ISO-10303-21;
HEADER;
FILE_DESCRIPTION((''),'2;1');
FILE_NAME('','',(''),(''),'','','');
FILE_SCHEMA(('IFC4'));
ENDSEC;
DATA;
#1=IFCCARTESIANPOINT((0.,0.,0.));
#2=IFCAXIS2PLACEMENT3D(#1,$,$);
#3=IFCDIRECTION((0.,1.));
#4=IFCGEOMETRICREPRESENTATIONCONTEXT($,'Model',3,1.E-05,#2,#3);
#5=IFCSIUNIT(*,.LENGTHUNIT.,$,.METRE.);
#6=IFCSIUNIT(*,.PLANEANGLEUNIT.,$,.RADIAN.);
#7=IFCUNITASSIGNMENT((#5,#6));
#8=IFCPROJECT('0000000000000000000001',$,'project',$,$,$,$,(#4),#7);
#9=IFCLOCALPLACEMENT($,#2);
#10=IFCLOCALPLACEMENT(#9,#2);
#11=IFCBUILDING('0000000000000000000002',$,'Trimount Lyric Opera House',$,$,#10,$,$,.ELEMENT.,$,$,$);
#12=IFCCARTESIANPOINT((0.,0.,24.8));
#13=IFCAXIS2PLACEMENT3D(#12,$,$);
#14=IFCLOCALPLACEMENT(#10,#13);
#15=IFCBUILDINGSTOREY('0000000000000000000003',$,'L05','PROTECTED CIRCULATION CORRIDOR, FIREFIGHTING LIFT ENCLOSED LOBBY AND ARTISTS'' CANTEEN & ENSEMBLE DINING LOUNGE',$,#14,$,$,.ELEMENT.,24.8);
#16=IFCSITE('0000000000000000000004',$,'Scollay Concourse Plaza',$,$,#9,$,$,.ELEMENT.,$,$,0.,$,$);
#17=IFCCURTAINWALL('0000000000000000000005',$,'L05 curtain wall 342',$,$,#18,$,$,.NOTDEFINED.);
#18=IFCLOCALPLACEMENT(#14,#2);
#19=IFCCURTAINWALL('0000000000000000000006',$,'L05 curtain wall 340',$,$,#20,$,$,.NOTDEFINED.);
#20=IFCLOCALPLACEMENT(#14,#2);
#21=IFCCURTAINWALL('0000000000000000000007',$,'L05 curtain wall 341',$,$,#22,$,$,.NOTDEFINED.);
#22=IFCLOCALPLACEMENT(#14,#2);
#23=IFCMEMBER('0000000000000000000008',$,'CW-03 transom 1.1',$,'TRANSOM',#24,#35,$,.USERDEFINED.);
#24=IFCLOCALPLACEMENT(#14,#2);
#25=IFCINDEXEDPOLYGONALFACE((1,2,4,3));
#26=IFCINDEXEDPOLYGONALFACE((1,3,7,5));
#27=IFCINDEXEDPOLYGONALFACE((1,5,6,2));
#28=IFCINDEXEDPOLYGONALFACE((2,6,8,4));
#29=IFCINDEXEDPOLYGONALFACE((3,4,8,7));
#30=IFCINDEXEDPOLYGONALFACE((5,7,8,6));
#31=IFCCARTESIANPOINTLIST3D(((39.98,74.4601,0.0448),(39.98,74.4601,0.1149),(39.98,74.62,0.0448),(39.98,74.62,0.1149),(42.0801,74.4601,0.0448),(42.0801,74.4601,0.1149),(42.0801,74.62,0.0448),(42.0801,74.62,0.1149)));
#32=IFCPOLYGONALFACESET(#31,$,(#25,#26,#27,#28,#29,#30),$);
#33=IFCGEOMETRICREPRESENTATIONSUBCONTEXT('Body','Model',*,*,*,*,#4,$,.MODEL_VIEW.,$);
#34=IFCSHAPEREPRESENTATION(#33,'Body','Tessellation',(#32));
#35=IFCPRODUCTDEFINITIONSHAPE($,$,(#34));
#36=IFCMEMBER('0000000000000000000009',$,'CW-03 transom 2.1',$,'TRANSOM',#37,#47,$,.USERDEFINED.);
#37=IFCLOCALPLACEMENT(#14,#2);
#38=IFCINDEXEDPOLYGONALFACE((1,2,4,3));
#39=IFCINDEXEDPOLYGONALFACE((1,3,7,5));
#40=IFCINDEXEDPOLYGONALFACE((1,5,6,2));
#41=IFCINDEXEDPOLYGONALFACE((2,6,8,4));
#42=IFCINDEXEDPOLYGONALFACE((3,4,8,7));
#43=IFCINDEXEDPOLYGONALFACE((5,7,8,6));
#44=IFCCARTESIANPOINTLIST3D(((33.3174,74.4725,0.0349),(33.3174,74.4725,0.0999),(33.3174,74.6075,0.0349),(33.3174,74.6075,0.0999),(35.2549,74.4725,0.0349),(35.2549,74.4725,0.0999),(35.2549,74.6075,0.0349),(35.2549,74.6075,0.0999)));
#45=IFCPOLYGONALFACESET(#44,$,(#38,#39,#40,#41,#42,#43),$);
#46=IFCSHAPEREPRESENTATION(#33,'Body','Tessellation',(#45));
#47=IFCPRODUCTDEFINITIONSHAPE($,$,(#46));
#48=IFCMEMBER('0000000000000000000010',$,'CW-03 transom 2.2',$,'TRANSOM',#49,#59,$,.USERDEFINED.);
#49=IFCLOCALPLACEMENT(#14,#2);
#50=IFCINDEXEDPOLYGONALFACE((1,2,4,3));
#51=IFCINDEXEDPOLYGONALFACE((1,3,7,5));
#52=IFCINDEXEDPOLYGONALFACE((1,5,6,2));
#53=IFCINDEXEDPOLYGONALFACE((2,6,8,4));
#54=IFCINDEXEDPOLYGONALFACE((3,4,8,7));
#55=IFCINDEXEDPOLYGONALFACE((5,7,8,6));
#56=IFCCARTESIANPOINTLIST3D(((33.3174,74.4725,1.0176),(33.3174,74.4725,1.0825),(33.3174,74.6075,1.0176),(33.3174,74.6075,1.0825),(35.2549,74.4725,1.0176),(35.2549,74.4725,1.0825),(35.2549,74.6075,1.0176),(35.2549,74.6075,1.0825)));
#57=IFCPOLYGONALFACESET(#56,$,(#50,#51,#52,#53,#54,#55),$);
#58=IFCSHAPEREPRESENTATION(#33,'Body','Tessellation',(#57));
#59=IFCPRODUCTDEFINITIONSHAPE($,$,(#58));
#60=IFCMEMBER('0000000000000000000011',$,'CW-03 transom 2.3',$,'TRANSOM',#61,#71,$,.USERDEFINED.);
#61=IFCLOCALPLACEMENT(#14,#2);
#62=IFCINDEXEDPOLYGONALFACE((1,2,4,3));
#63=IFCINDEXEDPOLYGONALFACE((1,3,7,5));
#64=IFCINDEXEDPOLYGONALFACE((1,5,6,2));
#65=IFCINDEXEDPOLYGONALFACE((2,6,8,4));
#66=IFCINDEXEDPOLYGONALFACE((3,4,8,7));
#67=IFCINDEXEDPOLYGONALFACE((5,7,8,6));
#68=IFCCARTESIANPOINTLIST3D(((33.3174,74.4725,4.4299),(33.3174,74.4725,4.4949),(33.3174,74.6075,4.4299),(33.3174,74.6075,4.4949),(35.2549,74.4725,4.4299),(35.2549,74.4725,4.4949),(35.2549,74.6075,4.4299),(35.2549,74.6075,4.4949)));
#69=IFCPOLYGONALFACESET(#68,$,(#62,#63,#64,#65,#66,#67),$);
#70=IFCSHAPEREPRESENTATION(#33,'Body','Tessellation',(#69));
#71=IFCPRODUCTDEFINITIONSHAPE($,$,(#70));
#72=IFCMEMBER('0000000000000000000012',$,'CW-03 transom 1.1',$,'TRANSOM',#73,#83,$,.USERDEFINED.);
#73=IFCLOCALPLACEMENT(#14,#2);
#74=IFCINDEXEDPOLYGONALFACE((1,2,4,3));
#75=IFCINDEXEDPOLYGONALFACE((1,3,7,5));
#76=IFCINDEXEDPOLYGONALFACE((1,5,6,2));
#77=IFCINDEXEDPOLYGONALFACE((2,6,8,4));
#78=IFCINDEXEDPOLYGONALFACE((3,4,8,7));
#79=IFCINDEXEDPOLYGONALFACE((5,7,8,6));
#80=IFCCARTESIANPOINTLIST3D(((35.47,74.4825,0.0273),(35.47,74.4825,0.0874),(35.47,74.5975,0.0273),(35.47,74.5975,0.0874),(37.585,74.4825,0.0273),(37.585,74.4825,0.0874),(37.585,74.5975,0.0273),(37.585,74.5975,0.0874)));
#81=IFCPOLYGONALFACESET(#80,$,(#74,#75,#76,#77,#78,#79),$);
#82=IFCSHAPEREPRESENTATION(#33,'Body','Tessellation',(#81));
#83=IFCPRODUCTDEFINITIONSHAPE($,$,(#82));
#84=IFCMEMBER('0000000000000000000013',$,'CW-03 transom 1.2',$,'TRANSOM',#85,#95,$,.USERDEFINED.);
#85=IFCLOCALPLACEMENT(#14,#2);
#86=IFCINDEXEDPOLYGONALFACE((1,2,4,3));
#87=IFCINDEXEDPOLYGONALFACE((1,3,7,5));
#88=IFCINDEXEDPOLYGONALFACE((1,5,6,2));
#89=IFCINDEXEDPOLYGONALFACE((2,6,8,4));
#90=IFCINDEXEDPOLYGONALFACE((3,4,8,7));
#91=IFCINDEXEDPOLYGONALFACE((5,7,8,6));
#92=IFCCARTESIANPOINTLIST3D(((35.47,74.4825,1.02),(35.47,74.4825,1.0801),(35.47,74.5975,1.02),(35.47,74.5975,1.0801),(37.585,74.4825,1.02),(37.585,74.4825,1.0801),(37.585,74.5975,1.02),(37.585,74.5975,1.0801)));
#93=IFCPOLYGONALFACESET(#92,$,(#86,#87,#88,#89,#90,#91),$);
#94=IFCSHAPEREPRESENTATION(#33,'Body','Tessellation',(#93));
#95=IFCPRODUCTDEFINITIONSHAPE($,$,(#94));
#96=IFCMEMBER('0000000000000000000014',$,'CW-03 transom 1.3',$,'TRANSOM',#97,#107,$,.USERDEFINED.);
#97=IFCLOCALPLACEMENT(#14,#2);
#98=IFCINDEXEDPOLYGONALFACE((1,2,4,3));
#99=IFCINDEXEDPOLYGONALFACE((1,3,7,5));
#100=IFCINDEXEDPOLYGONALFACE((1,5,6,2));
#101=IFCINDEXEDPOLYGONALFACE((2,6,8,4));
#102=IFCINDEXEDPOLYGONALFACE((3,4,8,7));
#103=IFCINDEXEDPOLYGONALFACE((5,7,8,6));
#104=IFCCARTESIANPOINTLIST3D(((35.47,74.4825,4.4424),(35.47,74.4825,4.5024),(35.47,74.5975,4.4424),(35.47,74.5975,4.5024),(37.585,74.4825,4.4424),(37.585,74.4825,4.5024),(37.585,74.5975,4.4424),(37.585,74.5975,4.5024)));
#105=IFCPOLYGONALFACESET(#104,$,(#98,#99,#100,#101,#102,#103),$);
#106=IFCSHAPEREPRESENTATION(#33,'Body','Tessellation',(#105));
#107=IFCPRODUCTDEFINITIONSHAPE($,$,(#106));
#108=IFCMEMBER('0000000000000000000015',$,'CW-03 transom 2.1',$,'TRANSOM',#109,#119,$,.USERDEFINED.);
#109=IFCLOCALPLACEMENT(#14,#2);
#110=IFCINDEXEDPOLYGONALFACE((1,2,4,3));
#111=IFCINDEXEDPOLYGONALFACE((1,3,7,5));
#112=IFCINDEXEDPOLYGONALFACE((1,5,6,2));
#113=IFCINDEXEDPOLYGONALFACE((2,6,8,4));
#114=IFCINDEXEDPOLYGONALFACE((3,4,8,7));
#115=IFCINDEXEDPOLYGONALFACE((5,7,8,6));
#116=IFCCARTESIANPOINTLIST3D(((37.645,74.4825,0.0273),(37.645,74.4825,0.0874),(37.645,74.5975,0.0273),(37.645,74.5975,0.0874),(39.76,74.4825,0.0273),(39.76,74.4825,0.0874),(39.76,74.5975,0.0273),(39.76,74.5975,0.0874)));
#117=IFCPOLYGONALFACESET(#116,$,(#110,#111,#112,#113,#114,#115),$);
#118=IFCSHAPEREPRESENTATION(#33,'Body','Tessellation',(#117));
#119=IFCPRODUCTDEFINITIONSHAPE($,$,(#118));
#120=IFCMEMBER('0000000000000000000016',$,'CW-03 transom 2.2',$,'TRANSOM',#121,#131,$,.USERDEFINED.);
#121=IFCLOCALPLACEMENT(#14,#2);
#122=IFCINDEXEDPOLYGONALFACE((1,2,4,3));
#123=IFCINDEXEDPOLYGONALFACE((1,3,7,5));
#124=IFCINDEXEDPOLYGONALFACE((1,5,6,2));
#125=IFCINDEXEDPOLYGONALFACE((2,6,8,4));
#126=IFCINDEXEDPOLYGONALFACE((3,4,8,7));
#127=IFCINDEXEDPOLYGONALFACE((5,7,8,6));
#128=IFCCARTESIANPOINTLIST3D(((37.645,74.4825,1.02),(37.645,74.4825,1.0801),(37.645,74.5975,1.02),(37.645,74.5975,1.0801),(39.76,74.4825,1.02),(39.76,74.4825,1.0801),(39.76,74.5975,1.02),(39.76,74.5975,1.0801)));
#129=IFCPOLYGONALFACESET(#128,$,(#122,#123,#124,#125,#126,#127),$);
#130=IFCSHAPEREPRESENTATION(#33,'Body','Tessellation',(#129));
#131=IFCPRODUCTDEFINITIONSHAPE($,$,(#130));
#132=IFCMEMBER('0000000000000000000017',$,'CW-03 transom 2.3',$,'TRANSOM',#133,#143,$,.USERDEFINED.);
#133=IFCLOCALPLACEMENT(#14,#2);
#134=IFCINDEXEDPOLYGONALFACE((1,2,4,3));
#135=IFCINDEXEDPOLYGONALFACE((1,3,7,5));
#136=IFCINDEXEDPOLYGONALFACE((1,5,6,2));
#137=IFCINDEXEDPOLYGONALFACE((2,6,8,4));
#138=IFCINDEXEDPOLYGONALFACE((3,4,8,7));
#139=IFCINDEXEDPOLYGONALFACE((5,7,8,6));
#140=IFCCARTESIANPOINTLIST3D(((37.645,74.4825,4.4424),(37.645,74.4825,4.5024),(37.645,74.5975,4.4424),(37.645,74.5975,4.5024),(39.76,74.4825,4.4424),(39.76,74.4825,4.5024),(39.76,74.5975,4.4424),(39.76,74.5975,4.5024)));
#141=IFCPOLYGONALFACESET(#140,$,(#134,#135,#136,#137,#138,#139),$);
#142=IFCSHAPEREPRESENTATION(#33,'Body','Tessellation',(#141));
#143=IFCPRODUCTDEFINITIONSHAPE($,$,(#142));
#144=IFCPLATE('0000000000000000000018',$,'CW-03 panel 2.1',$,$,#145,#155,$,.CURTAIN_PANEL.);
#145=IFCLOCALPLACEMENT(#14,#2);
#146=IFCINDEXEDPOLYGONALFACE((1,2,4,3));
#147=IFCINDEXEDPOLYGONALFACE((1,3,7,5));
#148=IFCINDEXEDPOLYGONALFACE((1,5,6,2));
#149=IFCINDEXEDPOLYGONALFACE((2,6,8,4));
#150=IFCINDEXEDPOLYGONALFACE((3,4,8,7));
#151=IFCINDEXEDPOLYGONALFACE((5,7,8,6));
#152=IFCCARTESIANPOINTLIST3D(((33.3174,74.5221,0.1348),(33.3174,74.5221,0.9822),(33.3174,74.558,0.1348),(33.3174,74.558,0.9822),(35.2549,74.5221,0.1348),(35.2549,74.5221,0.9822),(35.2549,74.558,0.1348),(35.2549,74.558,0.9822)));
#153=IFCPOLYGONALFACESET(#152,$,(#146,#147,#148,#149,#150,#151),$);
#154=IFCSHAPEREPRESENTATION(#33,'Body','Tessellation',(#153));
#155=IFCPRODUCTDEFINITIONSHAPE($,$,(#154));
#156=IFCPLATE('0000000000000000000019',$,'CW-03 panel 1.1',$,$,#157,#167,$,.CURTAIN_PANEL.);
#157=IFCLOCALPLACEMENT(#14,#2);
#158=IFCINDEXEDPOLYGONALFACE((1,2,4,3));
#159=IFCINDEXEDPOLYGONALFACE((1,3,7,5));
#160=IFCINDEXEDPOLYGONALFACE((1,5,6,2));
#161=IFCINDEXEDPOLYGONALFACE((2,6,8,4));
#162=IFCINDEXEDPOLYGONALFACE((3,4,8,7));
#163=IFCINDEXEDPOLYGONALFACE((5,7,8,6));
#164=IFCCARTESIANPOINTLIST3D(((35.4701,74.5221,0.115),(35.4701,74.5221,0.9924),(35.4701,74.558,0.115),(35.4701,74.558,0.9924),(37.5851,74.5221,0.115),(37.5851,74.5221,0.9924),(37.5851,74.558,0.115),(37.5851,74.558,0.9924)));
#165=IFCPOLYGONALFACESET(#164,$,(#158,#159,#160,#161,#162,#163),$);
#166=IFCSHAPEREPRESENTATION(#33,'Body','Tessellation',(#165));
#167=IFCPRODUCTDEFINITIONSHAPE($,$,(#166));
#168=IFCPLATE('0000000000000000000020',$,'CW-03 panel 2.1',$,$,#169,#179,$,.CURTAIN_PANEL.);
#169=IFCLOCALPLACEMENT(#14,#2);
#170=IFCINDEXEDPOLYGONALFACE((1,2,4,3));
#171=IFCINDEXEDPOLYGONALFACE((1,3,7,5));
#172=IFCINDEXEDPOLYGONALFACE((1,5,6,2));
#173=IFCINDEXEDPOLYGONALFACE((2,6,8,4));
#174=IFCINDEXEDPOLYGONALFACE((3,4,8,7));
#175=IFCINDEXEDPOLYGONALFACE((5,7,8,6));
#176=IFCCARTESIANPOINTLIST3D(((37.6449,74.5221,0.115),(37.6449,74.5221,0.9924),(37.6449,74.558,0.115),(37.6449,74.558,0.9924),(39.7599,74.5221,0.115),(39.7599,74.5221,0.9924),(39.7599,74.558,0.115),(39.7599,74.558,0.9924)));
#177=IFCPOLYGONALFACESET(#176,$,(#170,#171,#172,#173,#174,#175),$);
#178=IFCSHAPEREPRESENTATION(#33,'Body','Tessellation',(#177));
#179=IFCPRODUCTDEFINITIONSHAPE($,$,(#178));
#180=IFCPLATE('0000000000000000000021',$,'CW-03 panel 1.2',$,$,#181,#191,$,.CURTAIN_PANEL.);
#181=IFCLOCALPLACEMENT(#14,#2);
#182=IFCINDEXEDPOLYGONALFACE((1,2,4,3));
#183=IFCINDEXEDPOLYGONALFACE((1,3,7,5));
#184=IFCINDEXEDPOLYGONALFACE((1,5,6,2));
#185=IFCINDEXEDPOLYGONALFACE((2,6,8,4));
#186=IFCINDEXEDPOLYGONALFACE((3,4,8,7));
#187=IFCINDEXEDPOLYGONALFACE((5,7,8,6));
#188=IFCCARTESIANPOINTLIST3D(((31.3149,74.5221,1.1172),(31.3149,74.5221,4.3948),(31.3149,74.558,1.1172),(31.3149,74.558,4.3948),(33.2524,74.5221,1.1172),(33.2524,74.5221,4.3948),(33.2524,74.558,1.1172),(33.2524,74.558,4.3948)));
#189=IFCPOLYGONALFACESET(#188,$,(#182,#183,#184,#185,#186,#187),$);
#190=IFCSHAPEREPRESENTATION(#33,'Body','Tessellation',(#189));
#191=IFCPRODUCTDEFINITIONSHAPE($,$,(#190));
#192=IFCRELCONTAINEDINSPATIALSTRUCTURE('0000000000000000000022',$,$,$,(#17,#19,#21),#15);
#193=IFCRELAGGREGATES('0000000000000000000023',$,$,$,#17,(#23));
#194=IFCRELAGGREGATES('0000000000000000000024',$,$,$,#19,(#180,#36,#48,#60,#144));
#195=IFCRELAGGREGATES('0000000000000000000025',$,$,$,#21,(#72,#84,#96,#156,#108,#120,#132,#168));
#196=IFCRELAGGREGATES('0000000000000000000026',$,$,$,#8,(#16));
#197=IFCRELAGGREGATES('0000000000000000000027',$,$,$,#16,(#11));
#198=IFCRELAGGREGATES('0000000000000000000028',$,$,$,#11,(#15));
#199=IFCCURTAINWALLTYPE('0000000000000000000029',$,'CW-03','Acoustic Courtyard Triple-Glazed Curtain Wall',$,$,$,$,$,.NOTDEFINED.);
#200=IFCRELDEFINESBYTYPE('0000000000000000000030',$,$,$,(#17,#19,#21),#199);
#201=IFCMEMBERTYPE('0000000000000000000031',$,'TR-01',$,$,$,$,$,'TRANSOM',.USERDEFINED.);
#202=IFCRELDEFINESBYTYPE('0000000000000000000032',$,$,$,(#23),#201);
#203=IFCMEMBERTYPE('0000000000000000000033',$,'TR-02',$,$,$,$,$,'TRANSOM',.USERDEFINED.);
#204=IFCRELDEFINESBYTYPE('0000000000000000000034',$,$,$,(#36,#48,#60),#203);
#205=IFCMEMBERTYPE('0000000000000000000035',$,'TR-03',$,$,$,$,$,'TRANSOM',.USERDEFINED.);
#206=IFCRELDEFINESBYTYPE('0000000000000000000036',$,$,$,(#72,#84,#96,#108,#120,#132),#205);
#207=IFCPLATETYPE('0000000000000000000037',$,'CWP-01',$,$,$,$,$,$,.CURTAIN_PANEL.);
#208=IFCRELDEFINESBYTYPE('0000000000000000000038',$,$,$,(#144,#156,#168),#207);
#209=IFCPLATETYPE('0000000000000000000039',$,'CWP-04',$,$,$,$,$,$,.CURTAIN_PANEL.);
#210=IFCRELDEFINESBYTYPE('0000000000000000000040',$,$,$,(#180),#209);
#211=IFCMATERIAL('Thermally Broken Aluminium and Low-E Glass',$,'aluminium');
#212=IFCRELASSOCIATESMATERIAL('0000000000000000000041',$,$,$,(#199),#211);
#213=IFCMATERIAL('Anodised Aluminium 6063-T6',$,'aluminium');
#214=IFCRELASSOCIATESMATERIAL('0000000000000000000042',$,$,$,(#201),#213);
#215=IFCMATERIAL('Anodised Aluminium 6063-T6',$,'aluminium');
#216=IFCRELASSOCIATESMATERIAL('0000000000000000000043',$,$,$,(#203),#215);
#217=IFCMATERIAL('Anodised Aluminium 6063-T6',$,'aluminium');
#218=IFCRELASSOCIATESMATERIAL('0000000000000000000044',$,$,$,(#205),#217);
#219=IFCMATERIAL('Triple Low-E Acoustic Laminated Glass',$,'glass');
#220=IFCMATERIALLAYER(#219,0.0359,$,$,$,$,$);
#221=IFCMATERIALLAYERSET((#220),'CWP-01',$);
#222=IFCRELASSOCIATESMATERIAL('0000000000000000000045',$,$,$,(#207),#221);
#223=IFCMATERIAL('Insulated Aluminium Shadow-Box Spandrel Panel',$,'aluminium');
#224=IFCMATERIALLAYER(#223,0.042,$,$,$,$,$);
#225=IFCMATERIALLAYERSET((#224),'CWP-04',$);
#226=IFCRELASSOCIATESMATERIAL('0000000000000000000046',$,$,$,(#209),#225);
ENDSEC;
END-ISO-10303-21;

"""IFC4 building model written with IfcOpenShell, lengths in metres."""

from ifc_helpers import new_model, si_unit, direction, frame, origin, origin_2d, place, context, subcontext, project, spatial, rectangle, extrude, material, layer, layer_set, material_profile, profile_set, type_object, element, aggregate, save


model = new_model("IFC4")

# Units and contexts
model_context = context("Model", 3, precision=1e-05, world=origin(), true_north=direction((0.0, 1.0)))
body_context = subcontext(model_context, "Body", "Model", "MODEL_VIEW")
ifc_project = project(units=[si_unit("LENGTHUNIT", "METRE"), si_unit("PLANEANGLEUNIT", "RADIAN")], contexts=[model_context])

# Site, building, storey
site_placement = place(None, origin())
site = spatial("IfcSite", under=ifc_project, at=site_placement, Name="Scollay Concourse Plaza", CompositionType="ELEMENT", RefElevation=0.0)
building_placement = place(site_placement, origin())
building = spatial("IfcBuilding", under=site, at=building_placement, Name="Trimount Lyric Opera House", CompositionType="ELEMENT")
storey_placement = place(building_placement, frame((0.0, 0.0, 24.8)))
storey = spatial("IfcBuildingStorey", under=building, at=storey_placement, Name="L05", Description="PROTECTED CIRCULATION CORRIDOR, FIREFIGHTING LIFT ENCLOSED LOBBY AND ARTISTS' CANTEEN & ENSEMBLE DINING LOUNGE", CompositionType="ELEMENT", Elevation=24.8)

# Curtain wall
ifc_material_1 = material(Name="Thermally Broken Aluminium and Low-E Glass", Category="aluminium")
curtain_wall_type = type_object("IfcCurtainWallType", Name="CW-03", Description="Acoustic Courtyard Triple-Glazed Curtain Wall", PredefinedType="NOTDEFINED", material=ifc_material_1)
curtain_wall_1_placement = place(storey_placement, origin())
curtain_wall_1 = element("IfcCurtainWall", 1, at=curtain_wall_1_placement, inside=storey, type_object=curtain_wall_type, Name="L05 curtain wall 342", PredefinedType="NOTDEFINED")

# Curtain walls
curtain_wall_2_placement = place(storey_placement, origin())
curtain_wall_2 = element("IfcCurtainWall", 2, at=curtain_wall_2_placement, inside=storey, type_object=curtain_wall_type, Name="L05 curtain wall 340", PredefinedType="NOTDEFINED")
curtain_wall_3_placement = place(storey_placement, origin())
curtain_wall_3 = element("IfcCurtainWall", 3, at=curtain_wall_3_placement, inside=storey, type_object=curtain_wall_type, Name="L05 curtain wall 341", PredefinedType="NOTDEFINED")

# Members
ifc_material_2 = material(Name="Anodised Aluminium 6063-T6", Category="aluminium")
ifc_material_profile_1 = material_profile(ifc_material_2, rectangle(XDim=0.1599, YDim=0.0701, at=origin_2d()), Name="ALU-TRAN-70X160")
ifc_profile_set_1 = profile_set([ifc_material_profile_1], Name="Anodised Aluminium 6063-T6")
member_type_1 = type_object("IfcMemberType", Name="TR-01", ElementType="TRANSOM", PredefinedType="USERDEFINED", material=ifc_profile_set_1)
member_1_placement = place(storey_placement, frame((39.98, 74.54, 0.0798), z_axis=(1.0, 0.0, 0.0), x_axis=(0.0, 1.0, 0.0)))
member_1 = element("IfcMember", 4, at=member_1_placement, type_object=member_type_1, Name="CW-03 transom 1.1", ObjectType="TRANSOM", PredefinedType="USERDEFINED", context=body_context, shape_type="SweptSolid", body=[
    extrude(rectangle(XDim=0.1599, YDim=0.0701, at=origin_2d()), origin(), (0.0, 0.0, 1.0), 2.1001),
])
aggregate(curtain_wall_1, [member_1])
ifc_material_3 = material(Name="Anodised Aluminium 6063-T6", Category="aluminium")
ifc_material_profile_2 = material_profile(ifc_material_3, rectangle(XDim=0.135, YDim=0.0649, at=origin_2d()), Name="ALU-TRAN-65X135")
ifc_profile_set_2 = profile_set([ifc_material_profile_2], Name="Anodised Aluminium 6063-T6")
member_type_2 = type_object("IfcMemberType", Name="TR-02", ElementType="TRANSOM", PredefinedType="USERDEFINED", material=ifc_profile_set_2)
member_2_placement = place(storey_placement, frame((33.3174, 74.54, 0.0674), z_axis=(1.0, 0.0, 0.0), x_axis=(0.0, 1.0, 0.0)))
member_2 = element("IfcMember", 5, at=member_2_placement, type_object=member_type_2, Name="CW-03 transom 2.1", ObjectType="TRANSOM", PredefinedType="USERDEFINED", context=body_context, shape_type="SweptSolid", body=[
    extrude(rectangle(XDim=0.135, YDim=0.0649, at=origin_2d()), origin(), (0.0, 0.0, 1.0), 1.9375),
])
member_3_placement = place(storey_placement, frame((33.3174, 74.54, 1.05), z_axis=(1.0, 0.0, 0.0), x_axis=(0.0, 1.0, 0.0)))
member_3 = element("IfcMember", 6, at=member_3_placement, type_object=member_type_2, Name="CW-03 transom 2.2", ObjectType="TRANSOM", PredefinedType="USERDEFINED", context=body_context, shape_type="SweptSolid", body=[
    extrude(rectangle(XDim=0.135, YDim=0.0649, at=origin_2d()), origin(), (0.0, 0.0, 1.0), 1.9375),
])
member_4_placement = place(storey_placement, frame((33.3174, 74.54, 4.4624), z_axis=(1.0, 0.0, 0.0), x_axis=(0.0, 1.0, 0.0)))
member_4 = element("IfcMember", 7, at=member_4_placement, type_object=member_type_2, Name="CW-03 transom 2.3", ObjectType="TRANSOM", PredefinedType="USERDEFINED", context=body_context, shape_type="SweptSolid", body=[
    extrude(rectangle(XDim=0.135, YDim=0.0649, at=origin_2d()), origin(), (0.0, 0.0, 1.0), 1.9375),
])
ifc_material_4 = material(Name="Anodised Aluminium 6063-T6", Category="aluminium")
ifc_material_profile_3 = material_profile(ifc_material_4, rectangle(XDim=0.115, YDim=0.0601, at=origin_2d()), Name="ALU-TRAN-60X115")
ifc_profile_set_3 = profile_set([ifc_material_profile_3], Name="Anodised Aluminium 6063-T6")
member_type_3 = type_object("IfcMemberType", Name="TR-03", ElementType="TRANSOM", PredefinedType="USERDEFINED", material=ifc_profile_set_3)
member_5_placement = place(storey_placement, frame((35.47, 74.54, 0.0574), z_axis=(1.0, 0.0, 0.0), x_axis=(0.0, 1.0, 0.0)))
member_5 = element("IfcMember", 8, at=member_5_placement, type_object=member_type_3, Name="CW-03 transom 1.1", ObjectType="TRANSOM", PredefinedType="USERDEFINED", context=body_context, shape_type="SweptSolid", body=[
    extrude(rectangle(XDim=0.115, YDim=0.0601, at=origin_2d()), origin(), (0.0, 0.0, 1.0), 2.115),
])
member_6_placement = place(storey_placement, frame((35.47, 74.54, 1.05), z_axis=(1.0, 0.0, 0.0), x_axis=(0.0, 1.0, 0.0)))
member_6 = element("IfcMember", 9, at=member_6_placement, type_object=member_type_3, Name="CW-03 transom 1.2", ObjectType="TRANSOM", PredefinedType="USERDEFINED", context=body_context, shape_type="SweptSolid", body=[
    extrude(rectangle(XDim=0.115, YDim=0.0601, at=origin_2d()), origin(), (0.0, 0.0, 1.0), 2.115),
])
member_7_placement = place(storey_placement, frame((35.47, 74.54, 4.4724), z_axis=(1.0, 0.0, 0.0), x_axis=(0.0, 1.0, 0.0)))
member_7 = element("IfcMember", 10, at=member_7_placement, type_object=member_type_3, Name="CW-03 transom 1.3", ObjectType="TRANSOM", PredefinedType="USERDEFINED", context=body_context, shape_type="SweptSolid", body=[
    extrude(rectangle(XDim=0.115, YDim=0.0601, at=origin_2d()), origin(), (0.0, 0.0, 1.0), 2.115),
])
member_8_placement = place(storey_placement, frame((37.645, 74.54, 0.0574), z_axis=(1.0, 0.0, 0.0), x_axis=(0.0, 1.0, 0.0)))
member_8 = element("IfcMember", 11, at=member_8_placement, type_object=member_type_3, Name="CW-03 transom 2.1", ObjectType="TRANSOM", PredefinedType="USERDEFINED", context=body_context, shape_type="SweptSolid", body=[
    extrude(rectangle(XDim=0.115, YDim=0.0601, at=origin_2d()), origin(), (0.0, 0.0, 1.0), 2.115),
])
member_9_placement = place(storey_placement, frame((37.645, 74.54, 1.05), z_axis=(1.0, 0.0, 0.0), x_axis=(0.0, 1.0, 0.0)))
member_9 = element("IfcMember", 12, at=member_9_placement, type_object=member_type_3, Name="CW-03 transom 2.2", ObjectType="TRANSOM", PredefinedType="USERDEFINED", context=body_context, shape_type="SweptSolid", body=[
    extrude(rectangle(XDim=0.115, YDim=0.0601, at=origin_2d()), origin(), (0.0, 0.0, 1.0), 2.115),
])
member_10_placement = place(storey_placement, frame((37.645, 74.54, 4.4724), z_axis=(1.0, 0.0, 0.0), x_axis=(0.0, 1.0, 0.0)))
member_10 = element("IfcMember", 13, at=member_10_placement, type_object=member_type_3, Name="CW-03 transom 2.3", ObjectType="TRANSOM", PredefinedType="USERDEFINED", context=body_context, shape_type="SweptSolid", body=[
    extrude(rectangle(XDim=0.115, YDim=0.0601, at=origin_2d()), origin(), (0.0, 0.0, 1.0), 2.115),
])

# Plates
ifc_material_5 = material(Name="Triple Low-E Acoustic Laminated Glass", Category="glass")
ifc_layer_1 = layer(ifc_material_5, 0.0359)
ifc_layer_set_1 = layer_set([ifc_layer_1], Name="CWP-01")
plate_type_1 = type_object("IfcPlateType", Name="CWP-01", PredefinedType="CURTAIN_PANEL", material=ifc_layer_set_1)
plate_1_placement = place(storey_placement, frame((34.2861, 74.54, 0.1348), z_axis=(0.0, 0.0, 1.0), x_axis=(1.0, 0.0, 0.0)))
plate_1 = element("IfcPlate", 14, at=plate_1_placement, type_object=plate_type_1, Name="CW-03 panel 2.1", PredefinedType="CURTAIN_PANEL", context=body_context, shape_type="SweptSolid", body=[
    extrude(rectangle(XDim=1.9375, YDim=0.0359, at=origin_2d()), origin(), (0.0, 0.0, 1.0), 0.8474),
])
plate_2_placement = place(storey_placement, frame((36.5276, 74.54, 0.115), z_axis=(0.0, 0.0, 1.0), x_axis=(1.0, 0.0, 0.0)))
plate_2 = element("IfcPlate", 15, at=plate_2_placement, type_object=plate_type_1, Name="CW-03 panel 1.1", PredefinedType="CURTAIN_PANEL", context=body_context, shape_type="SweptSolid", body=[
    extrude(rectangle(XDim=2.115, YDim=0.0359, at=origin_2d()), origin(), (0.0, 0.0, 1.0), 0.8774),
])
plate_3_placement = place(storey_placement, frame((38.7024, 74.54, 0.115), z_axis=(0.0, 0.0, 1.0), x_axis=(1.0, 0.0, 0.0)))
plate_3 = element("IfcPlate", 16, at=plate_3_placement, type_object=plate_type_1, Name="CW-03 panel 2.1", PredefinedType="CURTAIN_PANEL", context=body_context, shape_type="SweptSolid", body=[
    extrude(rectangle(XDim=2.115, YDim=0.0359, at=origin_2d()), origin(), (0.0, 0.0, 1.0), 0.8774),
])
ifc_material_6 = material(Name="Insulated Aluminium Shadow-Box Spandrel Panel", Category="aluminium")
ifc_layer_2 = layer(ifc_material_6, 0.042)
ifc_layer_set_2 = layer_set([ifc_layer_2], Name="CWP-04")
plate_type_2 = type_object("IfcPlateType", Name="CWP-04", PredefinedType="CURTAIN_PANEL", material=ifc_layer_set_2)
plate_4_placement = place(storey_placement, frame((32.2837, 74.54, 1.1172), z_axis=(0.0, 0.0, 1.0), x_axis=(1.0, 0.0, 0.0)))
plate_4 = element("IfcPlate", 17, at=plate_4_placement, type_object=plate_type_2, Name="CW-03 panel 1.2", PredefinedType="CURTAIN_PANEL", context=body_context, shape_type="SweptSolid", body=[
    extrude(rectangle(XDim=1.9375, YDim=0.0359, at=origin_2d()), origin(), (0.0, 0.0, 1.0), 3.2776),
])
aggregate(curtain_wall_2, [plate_4, member_2, member_3, member_4, plate_1])
aggregate(curtain_wall_3, [member_5, member_6, member_7, plate_2, member_8, member_9, member_10, plate_3])

save(model, "model.ifc")
